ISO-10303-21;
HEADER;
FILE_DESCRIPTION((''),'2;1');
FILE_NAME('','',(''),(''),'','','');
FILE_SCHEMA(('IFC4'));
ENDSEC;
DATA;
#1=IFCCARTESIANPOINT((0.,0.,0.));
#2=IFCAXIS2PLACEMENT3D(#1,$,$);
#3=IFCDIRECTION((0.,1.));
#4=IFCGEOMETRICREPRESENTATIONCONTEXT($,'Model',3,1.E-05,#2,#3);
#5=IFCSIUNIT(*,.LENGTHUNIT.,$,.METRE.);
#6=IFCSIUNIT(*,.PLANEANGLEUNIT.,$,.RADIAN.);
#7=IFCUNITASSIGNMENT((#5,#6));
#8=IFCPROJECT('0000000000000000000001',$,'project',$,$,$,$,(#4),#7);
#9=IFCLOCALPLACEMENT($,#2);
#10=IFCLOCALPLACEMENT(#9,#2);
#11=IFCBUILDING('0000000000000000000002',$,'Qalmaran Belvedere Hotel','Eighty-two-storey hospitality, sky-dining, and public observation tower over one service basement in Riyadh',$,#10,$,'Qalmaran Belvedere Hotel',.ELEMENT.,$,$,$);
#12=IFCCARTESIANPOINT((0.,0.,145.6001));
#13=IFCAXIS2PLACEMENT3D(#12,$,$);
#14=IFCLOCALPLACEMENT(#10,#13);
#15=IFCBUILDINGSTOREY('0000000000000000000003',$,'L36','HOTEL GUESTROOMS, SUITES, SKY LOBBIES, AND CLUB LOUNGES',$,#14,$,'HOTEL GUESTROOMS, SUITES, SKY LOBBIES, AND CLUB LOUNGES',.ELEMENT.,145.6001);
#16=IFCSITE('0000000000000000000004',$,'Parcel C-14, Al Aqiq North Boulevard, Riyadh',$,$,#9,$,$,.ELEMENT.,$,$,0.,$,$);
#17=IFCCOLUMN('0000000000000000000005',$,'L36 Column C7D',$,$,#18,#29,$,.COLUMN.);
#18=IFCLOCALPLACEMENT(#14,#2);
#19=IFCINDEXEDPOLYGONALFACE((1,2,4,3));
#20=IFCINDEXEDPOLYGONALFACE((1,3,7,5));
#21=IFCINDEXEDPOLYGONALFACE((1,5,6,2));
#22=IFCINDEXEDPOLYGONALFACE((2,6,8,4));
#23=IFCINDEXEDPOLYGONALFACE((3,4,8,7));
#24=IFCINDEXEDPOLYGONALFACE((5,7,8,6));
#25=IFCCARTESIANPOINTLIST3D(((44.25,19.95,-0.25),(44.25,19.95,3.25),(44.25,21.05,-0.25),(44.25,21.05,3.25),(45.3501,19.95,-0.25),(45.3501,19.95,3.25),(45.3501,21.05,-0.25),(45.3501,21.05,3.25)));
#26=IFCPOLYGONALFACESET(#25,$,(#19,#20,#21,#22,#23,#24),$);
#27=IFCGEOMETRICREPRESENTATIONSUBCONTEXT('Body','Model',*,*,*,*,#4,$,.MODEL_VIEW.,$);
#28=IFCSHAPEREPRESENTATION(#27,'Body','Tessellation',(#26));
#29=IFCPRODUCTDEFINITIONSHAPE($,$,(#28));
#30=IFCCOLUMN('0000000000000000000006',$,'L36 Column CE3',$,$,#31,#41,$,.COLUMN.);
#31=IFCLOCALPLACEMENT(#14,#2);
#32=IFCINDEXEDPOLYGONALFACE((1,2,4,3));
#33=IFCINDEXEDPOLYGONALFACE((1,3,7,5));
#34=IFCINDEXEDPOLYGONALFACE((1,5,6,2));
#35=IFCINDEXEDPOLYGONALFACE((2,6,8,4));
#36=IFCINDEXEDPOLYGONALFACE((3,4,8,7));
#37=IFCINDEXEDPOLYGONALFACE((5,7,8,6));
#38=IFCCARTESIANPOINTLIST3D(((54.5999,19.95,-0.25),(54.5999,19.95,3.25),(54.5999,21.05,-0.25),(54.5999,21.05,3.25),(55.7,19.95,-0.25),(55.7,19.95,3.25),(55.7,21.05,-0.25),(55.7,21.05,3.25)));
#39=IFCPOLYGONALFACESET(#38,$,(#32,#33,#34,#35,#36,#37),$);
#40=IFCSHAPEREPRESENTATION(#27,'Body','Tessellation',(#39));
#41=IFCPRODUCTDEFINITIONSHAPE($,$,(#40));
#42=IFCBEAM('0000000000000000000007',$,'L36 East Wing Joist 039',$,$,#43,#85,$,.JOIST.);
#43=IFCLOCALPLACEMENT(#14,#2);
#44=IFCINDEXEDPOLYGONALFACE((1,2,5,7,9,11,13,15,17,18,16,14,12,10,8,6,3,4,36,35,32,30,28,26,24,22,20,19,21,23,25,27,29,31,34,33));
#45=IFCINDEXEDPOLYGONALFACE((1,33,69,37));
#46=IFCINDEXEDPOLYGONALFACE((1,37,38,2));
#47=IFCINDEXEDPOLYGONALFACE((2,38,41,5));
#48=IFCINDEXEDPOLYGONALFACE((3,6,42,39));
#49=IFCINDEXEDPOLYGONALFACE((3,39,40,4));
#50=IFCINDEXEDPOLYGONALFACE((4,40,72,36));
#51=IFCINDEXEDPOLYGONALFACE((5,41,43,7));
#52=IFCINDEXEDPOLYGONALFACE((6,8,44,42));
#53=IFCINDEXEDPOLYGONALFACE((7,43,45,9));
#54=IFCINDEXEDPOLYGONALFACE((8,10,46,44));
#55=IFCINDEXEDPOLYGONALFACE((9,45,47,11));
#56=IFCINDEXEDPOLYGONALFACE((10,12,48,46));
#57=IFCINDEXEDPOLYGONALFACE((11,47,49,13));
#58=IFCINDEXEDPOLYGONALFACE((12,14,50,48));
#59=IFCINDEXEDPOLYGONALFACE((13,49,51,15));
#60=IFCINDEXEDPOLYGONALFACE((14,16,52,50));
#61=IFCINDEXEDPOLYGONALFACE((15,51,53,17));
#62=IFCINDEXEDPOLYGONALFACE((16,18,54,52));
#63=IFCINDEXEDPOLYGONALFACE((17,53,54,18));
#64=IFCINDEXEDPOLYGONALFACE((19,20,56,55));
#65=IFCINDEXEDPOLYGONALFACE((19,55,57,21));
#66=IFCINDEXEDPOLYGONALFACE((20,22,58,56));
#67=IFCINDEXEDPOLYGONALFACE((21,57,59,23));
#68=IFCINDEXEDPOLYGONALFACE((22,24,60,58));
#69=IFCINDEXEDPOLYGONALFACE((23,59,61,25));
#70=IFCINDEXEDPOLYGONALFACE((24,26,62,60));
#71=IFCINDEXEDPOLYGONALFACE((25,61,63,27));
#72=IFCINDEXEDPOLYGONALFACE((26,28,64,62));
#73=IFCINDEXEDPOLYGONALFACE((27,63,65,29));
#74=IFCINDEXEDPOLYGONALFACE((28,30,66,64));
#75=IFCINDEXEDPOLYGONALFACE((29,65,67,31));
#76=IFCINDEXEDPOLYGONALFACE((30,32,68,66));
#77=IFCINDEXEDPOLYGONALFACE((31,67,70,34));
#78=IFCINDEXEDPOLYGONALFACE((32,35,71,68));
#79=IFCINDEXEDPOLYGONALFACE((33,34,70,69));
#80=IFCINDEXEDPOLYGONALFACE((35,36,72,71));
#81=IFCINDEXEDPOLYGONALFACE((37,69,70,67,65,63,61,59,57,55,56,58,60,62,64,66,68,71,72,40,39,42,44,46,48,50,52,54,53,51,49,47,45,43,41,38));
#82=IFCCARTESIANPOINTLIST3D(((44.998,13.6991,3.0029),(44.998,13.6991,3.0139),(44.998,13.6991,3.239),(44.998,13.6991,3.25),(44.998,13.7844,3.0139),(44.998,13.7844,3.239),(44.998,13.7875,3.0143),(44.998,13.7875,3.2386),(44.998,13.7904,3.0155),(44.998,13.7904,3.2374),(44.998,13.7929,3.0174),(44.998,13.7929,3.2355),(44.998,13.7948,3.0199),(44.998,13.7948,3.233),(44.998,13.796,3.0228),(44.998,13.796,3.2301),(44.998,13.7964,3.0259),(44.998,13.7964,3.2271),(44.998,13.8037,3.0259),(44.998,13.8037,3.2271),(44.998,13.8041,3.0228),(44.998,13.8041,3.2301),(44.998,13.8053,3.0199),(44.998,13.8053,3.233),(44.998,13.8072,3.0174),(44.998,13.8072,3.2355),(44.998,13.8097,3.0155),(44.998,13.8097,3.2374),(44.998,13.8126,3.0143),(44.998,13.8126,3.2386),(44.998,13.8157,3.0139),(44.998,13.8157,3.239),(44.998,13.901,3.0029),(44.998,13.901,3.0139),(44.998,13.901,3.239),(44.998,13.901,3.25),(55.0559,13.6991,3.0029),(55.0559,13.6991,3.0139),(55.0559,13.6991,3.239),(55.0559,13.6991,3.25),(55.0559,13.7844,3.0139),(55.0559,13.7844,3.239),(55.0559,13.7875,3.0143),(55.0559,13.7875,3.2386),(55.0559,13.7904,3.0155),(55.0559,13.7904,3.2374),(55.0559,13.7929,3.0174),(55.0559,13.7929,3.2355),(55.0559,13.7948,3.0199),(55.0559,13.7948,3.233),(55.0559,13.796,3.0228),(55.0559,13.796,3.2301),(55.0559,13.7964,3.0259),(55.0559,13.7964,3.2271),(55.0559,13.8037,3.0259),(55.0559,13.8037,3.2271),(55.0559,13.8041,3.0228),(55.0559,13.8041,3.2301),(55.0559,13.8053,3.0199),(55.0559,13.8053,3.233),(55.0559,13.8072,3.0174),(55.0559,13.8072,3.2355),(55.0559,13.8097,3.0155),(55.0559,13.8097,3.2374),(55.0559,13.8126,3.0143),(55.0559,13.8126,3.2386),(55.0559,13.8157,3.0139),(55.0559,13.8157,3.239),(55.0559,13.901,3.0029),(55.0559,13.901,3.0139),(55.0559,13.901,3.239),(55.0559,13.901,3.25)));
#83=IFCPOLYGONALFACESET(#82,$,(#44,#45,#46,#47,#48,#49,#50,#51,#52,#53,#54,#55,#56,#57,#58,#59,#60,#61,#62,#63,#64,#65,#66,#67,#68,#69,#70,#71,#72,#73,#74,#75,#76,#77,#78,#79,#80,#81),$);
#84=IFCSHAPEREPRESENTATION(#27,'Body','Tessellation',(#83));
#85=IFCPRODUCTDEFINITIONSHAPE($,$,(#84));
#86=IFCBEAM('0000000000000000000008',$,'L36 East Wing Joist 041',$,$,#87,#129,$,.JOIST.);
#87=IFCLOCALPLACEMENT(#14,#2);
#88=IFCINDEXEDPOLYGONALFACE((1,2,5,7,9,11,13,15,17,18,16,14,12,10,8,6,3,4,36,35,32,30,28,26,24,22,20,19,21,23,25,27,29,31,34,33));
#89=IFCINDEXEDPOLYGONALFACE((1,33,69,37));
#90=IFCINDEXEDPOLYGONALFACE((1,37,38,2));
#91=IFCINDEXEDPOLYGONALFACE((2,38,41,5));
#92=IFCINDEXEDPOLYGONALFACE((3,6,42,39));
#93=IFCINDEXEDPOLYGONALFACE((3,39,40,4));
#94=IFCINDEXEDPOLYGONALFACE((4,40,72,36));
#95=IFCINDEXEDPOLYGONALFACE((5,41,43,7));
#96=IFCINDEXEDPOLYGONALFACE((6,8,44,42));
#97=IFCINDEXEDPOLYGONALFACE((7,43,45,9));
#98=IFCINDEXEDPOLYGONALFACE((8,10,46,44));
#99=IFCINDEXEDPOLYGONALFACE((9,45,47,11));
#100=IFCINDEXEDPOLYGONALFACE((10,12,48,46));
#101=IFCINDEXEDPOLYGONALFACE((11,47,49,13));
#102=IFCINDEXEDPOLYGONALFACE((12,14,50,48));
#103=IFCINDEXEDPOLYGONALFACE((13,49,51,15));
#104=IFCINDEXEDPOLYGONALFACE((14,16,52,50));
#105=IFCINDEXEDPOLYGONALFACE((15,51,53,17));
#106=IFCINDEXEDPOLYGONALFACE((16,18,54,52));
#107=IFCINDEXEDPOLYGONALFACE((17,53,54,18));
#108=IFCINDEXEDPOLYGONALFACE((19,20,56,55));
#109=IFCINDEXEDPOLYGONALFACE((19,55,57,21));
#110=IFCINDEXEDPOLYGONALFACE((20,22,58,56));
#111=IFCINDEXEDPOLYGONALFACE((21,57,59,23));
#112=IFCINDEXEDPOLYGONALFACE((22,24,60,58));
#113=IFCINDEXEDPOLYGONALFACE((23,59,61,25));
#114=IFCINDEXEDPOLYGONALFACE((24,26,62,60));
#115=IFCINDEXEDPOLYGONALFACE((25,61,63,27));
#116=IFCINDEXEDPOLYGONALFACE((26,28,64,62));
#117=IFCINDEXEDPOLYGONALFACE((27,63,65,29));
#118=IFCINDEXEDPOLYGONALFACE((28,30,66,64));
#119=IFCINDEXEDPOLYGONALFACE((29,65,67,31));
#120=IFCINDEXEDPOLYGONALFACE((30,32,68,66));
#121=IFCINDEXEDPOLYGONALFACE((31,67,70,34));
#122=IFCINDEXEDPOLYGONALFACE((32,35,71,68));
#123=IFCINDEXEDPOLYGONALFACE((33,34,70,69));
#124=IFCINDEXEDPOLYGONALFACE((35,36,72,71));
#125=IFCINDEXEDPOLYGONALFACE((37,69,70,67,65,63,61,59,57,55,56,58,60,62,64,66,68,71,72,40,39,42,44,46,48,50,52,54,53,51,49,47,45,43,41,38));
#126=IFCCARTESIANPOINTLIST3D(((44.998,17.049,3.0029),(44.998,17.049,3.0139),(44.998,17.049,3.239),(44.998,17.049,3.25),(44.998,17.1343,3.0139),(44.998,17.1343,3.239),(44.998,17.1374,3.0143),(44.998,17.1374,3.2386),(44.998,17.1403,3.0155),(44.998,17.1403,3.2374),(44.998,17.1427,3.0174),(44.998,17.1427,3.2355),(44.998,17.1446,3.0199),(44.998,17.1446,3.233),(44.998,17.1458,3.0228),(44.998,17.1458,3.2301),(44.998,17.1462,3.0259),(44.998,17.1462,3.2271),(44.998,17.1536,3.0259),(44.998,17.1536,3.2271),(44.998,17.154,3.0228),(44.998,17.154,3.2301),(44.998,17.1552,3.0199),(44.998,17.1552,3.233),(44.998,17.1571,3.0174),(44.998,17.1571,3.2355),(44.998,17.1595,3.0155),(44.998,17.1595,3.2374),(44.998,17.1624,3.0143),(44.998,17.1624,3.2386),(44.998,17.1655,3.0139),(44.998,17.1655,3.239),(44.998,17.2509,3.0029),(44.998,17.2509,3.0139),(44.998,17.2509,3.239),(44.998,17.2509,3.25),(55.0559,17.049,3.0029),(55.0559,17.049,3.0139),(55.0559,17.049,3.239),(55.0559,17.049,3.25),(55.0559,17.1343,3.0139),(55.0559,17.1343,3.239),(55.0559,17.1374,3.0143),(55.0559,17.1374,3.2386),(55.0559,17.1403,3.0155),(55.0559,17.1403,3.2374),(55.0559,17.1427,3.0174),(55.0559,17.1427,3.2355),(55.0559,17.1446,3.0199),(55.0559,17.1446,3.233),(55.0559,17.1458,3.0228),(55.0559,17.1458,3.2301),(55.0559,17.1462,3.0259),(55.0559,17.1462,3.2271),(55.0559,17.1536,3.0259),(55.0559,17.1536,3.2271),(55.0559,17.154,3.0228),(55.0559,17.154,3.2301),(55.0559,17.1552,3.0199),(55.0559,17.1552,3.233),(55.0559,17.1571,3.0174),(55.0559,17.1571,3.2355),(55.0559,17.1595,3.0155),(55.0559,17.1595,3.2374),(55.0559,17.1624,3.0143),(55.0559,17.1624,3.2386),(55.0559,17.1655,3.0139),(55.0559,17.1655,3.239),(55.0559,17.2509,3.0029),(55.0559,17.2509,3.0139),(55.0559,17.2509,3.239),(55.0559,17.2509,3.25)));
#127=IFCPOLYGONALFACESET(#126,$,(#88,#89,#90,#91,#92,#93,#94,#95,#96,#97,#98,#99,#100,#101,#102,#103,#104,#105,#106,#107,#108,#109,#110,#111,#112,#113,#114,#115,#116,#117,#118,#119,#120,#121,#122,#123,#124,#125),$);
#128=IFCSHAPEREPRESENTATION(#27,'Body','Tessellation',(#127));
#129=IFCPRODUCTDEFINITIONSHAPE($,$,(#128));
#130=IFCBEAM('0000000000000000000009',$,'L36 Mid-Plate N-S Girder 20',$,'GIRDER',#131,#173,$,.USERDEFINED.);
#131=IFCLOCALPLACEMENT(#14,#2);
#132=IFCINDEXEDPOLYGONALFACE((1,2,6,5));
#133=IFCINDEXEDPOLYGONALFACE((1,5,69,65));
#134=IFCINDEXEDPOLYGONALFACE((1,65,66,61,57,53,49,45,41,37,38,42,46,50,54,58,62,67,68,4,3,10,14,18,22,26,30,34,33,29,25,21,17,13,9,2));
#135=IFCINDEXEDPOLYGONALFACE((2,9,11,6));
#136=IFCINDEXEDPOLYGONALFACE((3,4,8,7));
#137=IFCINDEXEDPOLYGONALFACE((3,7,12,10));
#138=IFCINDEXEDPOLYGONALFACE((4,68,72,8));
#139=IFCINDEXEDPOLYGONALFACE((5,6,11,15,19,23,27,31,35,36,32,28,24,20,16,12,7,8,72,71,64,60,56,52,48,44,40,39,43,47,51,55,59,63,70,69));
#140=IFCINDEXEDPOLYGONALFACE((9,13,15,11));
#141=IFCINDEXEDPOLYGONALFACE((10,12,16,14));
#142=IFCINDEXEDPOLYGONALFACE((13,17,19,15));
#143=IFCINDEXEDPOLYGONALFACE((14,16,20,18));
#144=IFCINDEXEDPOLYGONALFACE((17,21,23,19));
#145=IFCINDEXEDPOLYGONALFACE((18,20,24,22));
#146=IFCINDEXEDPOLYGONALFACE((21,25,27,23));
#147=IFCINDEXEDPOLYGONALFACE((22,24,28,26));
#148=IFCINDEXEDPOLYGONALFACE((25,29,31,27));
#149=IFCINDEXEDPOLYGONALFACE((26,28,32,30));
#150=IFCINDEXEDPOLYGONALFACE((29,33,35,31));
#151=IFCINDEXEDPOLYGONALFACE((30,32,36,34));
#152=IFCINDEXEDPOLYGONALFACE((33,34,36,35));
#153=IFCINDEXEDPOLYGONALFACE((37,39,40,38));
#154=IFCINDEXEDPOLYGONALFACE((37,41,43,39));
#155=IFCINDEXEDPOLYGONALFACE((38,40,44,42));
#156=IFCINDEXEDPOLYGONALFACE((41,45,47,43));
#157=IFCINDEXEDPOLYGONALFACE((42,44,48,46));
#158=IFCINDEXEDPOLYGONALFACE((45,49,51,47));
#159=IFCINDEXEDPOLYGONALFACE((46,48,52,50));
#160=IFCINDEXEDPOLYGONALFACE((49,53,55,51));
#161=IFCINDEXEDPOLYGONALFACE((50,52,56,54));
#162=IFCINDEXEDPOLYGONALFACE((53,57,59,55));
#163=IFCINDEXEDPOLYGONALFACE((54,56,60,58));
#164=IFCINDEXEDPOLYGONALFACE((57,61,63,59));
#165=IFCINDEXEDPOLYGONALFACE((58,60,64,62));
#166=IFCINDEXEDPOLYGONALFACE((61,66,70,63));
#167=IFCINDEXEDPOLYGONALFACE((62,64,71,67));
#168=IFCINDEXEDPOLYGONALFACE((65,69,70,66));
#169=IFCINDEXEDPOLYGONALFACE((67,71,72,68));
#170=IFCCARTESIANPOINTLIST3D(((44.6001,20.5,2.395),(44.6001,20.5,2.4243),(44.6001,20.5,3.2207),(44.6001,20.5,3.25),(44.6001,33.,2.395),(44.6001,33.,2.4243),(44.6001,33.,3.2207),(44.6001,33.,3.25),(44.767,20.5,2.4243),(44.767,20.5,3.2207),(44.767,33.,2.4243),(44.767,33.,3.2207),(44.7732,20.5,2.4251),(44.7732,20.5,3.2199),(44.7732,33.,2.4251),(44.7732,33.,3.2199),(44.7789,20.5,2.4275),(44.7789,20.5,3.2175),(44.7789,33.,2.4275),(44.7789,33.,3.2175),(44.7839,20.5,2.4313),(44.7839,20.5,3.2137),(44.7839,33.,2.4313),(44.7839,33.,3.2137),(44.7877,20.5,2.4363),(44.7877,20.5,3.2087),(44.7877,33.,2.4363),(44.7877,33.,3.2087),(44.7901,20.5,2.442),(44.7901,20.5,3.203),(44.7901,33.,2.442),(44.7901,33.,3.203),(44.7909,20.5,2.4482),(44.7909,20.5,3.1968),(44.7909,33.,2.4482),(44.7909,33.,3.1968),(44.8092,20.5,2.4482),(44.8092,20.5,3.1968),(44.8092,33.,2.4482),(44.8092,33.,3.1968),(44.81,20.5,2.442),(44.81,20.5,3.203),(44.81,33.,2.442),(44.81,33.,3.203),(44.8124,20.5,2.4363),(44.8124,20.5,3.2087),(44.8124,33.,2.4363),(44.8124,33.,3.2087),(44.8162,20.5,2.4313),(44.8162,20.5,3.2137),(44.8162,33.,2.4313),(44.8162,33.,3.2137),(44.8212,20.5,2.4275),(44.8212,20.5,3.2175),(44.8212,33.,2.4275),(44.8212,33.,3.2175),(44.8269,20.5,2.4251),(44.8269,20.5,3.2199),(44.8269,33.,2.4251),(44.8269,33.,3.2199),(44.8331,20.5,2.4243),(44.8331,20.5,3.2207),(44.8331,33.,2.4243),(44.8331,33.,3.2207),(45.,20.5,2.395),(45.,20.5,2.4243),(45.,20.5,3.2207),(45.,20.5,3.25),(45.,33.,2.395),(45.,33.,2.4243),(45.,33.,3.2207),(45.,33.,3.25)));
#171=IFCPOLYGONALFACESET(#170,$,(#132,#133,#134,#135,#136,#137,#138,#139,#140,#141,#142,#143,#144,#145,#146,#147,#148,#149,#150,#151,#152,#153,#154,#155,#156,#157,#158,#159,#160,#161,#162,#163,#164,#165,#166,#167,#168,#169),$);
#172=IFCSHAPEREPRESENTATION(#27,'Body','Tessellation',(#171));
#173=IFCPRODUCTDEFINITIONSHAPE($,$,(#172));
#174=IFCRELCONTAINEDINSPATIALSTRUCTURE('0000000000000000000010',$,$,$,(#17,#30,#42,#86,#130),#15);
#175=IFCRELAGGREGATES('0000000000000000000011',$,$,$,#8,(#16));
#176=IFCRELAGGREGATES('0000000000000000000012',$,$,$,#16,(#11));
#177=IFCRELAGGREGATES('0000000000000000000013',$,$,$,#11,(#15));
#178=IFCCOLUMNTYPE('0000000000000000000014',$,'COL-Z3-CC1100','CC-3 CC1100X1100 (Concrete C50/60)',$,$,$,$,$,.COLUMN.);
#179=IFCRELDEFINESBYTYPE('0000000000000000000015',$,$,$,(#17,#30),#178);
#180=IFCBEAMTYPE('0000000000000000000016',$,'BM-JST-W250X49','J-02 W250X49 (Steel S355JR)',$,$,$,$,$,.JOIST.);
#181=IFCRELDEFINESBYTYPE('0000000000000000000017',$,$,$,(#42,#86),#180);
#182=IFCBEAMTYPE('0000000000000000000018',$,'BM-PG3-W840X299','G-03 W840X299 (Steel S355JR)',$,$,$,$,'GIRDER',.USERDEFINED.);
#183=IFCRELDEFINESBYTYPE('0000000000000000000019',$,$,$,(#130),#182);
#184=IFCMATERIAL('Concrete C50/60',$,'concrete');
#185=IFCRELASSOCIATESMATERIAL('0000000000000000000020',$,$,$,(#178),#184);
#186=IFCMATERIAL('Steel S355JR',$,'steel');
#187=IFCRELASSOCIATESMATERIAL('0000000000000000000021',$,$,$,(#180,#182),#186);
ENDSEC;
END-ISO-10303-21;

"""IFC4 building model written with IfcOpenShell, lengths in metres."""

from ifc_helpers import new_model, si_unit, direction, frame, origin, origin_2d, place, context, subcontext, project, spatial, rectangle, i_section, extrude, material, material_profile, profile_set, type_object, element, save


model = new_model("IFC4")

# Units and contexts
model_context = context("Model", 3, precision=1e-05, world=origin(), true_north=direction((0.0, 1.0)))
body_context = subcontext(model_context, "Body", "Model", "MODEL_VIEW")
ifc_project = project(units=[si_unit("LENGTHUNIT", "METRE"), si_unit("PLANEANGLEUNIT", "RADIAN")], contexts=[model_context])

# Site, building, storey
site_placement = place(None, origin())
site = spatial("IfcSite", under=ifc_project, at=site_placement, Name="Parcel C-14, Al Aqiq North Boulevard, Riyadh", CompositionType="ELEMENT", RefElevation=0.0)
building_placement = place(site_placement, origin())
building = spatial("IfcBuilding", under=site, at=building_placement, Name="Qalmaran Belvedere Hotel", Description="Eighty-two-storey hospitality, sky-dining, and public observation tower over one service basement in Riyadh", LongName="Qalmaran Belvedere Hotel", CompositionType="ELEMENT")
storey_placement = place(building_placement, frame((0.0, 0.0, 145.6001)))
storey = spatial("IfcBuildingStorey", under=building, at=storey_placement, Name="L36", Description="HOTEL GUESTROOMS, SUITES, SKY LOBBIES, AND CLUB LOUNGES", LongName="HOTEL GUESTROOMS, SUITES, SKY LOBBIES, AND CLUB LOUNGES", CompositionType="ELEMENT", Elevation=145.6001)

# Columns
ifc_material_1 = material(Name="Concrete C50/60", Category="concrete")
ifc_material_profile_1 = material_profile(ifc_material_1, rectangle(XDim=1.1001, YDim=1.1001, at=origin_2d()), Name="CC1100X1100")
ifc_profile_set_1 = profile_set([ifc_material_profile_1], Name="Concrete C50/60")
column_type = type_object("IfcColumnType", Name="COL-Z3-CC1100", Description="CC-3 CC1100X1100 (Concrete C50/60)", PredefinedType="COLUMN", material=ifc_profile_set_1)
for number, where, z_axis, x_axis, name in (
    (1, (44.8, 20.5, -0.25), (0.0, 0.0, 1.0), (1.0, 0.0, 0.0), "L36 Column C7D"),
    (2, (55.1499, 20.5, -0.25), (0.0, 0.0, 1.0), (1.0, 0.0, 0.0), "L36 Column CE3"),
):
    element("IfcColumn", number, at=place(storey_placement, frame(where, z_axis=z_axis, x_axis=x_axis)), inside=storey, type_object=column_type, Name=name, PredefinedType="COLUMN", context=body_context, shape_type="SweptSolid", body=[
        extrude(rectangle(XDim=1.1001, YDim=1.1001, at=origin_2d()), origin(), (0.0, 0.0, 1.0), 3.5),
    ])

# Beams
ifc_material_2 = material(Name="Steel S355JR", Category="steel")
ifc_material_profile_2 = material_profile(ifc_material_2, i_section(OverallWidth=0.2019, OverallDepth=0.2471, WebThickness=0.0073, FlangeThickness=0.011, FilletRadius=0.012, at=origin_2d()), Name="W250X49")
ifc_profile_set_2 = profile_set([ifc_material_profile_2], Name="Steel S355JR")
beam_type_1 = type_object("IfcBeamType", Name="BM-JST-W250X49", Description="J-02 W250X49 (Steel S355JR)", PredefinedType="JOIST", material=ifc_profile_set_2)
for number, where, z_axis, x_axis, name in (
    (3, (44.998, 13.8, 3.1265), (1.0, 0.0, 0.0), (0.0, 1.0, 0.0), "L36 East Wing Joist 039"),
    (4, (44.998, 17.1499, 3.1265), (1.0, 0.0, 0.0), (0.0, 1.0, 0.0), "L36 East Wing Joist 041"),
):
    element("IfcBeam", number, at=place(storey_placement, frame(where, z_axis=z_axis, x_axis=x_axis)), inside=storey, type_object=beam_type_1, Name=name, PredefinedType="JOIST", context=body_context, shape_type="SweptSolid", body=[
        extrude(i_section(OverallWidth=0.2019, OverallDepth=0.2471, WebThickness=0.0073, FlangeThickness=0.011, FilletRadius=0.012, at=origin_2d()), origin(), (0.0, 0.0, 1.0), 10.0579),
    ])
ifc_material_profile_3 = material_profile(ifc_material_2, i_section(OverallWidth=0.3999, OverallDepth=0.855, WebThickness=0.0183, FlangeThickness=0.0293, FilletRadius=0.0239, at=origin_2d()), Name="W840X299")
ifc_profile_set_3 = profile_set([ifc_material_profile_3], Name="Steel S355JR")
beam_type_2 = type_object("IfcBeamType", Name="BM-PG3-W840X299", Description="G-03 W840X299 (Steel S355JR)", ElementType="GIRDER", PredefinedType="USERDEFINED", material=ifc_profile_set_3)
beam_1_placement = place(storey_placement, frame((44.8, 20.5, 2.8225), z_axis=(0.0, 1.0, 0.0), x_axis=(-1.0, 0.0, 0.0)))
element("IfcBeam", 5, at=beam_1_placement, inside=storey, type_object=beam_type_2, Name="L36 Mid-Plate N-S Girder 20", ObjectType="GIRDER", PredefinedType="USERDEFINED", context=body_context, shape_type="SweptSolid", body=[
    extrude(i_section(OverallWidth=0.3999, OverallDepth=0.855, WebThickness=0.0183, FlangeThickness=0.0293, FilletRadius=0.0239, at=origin_2d()), origin(), (0.0, 0.0, 1.0), 12.5),
])

save(model, "model.ifc")
